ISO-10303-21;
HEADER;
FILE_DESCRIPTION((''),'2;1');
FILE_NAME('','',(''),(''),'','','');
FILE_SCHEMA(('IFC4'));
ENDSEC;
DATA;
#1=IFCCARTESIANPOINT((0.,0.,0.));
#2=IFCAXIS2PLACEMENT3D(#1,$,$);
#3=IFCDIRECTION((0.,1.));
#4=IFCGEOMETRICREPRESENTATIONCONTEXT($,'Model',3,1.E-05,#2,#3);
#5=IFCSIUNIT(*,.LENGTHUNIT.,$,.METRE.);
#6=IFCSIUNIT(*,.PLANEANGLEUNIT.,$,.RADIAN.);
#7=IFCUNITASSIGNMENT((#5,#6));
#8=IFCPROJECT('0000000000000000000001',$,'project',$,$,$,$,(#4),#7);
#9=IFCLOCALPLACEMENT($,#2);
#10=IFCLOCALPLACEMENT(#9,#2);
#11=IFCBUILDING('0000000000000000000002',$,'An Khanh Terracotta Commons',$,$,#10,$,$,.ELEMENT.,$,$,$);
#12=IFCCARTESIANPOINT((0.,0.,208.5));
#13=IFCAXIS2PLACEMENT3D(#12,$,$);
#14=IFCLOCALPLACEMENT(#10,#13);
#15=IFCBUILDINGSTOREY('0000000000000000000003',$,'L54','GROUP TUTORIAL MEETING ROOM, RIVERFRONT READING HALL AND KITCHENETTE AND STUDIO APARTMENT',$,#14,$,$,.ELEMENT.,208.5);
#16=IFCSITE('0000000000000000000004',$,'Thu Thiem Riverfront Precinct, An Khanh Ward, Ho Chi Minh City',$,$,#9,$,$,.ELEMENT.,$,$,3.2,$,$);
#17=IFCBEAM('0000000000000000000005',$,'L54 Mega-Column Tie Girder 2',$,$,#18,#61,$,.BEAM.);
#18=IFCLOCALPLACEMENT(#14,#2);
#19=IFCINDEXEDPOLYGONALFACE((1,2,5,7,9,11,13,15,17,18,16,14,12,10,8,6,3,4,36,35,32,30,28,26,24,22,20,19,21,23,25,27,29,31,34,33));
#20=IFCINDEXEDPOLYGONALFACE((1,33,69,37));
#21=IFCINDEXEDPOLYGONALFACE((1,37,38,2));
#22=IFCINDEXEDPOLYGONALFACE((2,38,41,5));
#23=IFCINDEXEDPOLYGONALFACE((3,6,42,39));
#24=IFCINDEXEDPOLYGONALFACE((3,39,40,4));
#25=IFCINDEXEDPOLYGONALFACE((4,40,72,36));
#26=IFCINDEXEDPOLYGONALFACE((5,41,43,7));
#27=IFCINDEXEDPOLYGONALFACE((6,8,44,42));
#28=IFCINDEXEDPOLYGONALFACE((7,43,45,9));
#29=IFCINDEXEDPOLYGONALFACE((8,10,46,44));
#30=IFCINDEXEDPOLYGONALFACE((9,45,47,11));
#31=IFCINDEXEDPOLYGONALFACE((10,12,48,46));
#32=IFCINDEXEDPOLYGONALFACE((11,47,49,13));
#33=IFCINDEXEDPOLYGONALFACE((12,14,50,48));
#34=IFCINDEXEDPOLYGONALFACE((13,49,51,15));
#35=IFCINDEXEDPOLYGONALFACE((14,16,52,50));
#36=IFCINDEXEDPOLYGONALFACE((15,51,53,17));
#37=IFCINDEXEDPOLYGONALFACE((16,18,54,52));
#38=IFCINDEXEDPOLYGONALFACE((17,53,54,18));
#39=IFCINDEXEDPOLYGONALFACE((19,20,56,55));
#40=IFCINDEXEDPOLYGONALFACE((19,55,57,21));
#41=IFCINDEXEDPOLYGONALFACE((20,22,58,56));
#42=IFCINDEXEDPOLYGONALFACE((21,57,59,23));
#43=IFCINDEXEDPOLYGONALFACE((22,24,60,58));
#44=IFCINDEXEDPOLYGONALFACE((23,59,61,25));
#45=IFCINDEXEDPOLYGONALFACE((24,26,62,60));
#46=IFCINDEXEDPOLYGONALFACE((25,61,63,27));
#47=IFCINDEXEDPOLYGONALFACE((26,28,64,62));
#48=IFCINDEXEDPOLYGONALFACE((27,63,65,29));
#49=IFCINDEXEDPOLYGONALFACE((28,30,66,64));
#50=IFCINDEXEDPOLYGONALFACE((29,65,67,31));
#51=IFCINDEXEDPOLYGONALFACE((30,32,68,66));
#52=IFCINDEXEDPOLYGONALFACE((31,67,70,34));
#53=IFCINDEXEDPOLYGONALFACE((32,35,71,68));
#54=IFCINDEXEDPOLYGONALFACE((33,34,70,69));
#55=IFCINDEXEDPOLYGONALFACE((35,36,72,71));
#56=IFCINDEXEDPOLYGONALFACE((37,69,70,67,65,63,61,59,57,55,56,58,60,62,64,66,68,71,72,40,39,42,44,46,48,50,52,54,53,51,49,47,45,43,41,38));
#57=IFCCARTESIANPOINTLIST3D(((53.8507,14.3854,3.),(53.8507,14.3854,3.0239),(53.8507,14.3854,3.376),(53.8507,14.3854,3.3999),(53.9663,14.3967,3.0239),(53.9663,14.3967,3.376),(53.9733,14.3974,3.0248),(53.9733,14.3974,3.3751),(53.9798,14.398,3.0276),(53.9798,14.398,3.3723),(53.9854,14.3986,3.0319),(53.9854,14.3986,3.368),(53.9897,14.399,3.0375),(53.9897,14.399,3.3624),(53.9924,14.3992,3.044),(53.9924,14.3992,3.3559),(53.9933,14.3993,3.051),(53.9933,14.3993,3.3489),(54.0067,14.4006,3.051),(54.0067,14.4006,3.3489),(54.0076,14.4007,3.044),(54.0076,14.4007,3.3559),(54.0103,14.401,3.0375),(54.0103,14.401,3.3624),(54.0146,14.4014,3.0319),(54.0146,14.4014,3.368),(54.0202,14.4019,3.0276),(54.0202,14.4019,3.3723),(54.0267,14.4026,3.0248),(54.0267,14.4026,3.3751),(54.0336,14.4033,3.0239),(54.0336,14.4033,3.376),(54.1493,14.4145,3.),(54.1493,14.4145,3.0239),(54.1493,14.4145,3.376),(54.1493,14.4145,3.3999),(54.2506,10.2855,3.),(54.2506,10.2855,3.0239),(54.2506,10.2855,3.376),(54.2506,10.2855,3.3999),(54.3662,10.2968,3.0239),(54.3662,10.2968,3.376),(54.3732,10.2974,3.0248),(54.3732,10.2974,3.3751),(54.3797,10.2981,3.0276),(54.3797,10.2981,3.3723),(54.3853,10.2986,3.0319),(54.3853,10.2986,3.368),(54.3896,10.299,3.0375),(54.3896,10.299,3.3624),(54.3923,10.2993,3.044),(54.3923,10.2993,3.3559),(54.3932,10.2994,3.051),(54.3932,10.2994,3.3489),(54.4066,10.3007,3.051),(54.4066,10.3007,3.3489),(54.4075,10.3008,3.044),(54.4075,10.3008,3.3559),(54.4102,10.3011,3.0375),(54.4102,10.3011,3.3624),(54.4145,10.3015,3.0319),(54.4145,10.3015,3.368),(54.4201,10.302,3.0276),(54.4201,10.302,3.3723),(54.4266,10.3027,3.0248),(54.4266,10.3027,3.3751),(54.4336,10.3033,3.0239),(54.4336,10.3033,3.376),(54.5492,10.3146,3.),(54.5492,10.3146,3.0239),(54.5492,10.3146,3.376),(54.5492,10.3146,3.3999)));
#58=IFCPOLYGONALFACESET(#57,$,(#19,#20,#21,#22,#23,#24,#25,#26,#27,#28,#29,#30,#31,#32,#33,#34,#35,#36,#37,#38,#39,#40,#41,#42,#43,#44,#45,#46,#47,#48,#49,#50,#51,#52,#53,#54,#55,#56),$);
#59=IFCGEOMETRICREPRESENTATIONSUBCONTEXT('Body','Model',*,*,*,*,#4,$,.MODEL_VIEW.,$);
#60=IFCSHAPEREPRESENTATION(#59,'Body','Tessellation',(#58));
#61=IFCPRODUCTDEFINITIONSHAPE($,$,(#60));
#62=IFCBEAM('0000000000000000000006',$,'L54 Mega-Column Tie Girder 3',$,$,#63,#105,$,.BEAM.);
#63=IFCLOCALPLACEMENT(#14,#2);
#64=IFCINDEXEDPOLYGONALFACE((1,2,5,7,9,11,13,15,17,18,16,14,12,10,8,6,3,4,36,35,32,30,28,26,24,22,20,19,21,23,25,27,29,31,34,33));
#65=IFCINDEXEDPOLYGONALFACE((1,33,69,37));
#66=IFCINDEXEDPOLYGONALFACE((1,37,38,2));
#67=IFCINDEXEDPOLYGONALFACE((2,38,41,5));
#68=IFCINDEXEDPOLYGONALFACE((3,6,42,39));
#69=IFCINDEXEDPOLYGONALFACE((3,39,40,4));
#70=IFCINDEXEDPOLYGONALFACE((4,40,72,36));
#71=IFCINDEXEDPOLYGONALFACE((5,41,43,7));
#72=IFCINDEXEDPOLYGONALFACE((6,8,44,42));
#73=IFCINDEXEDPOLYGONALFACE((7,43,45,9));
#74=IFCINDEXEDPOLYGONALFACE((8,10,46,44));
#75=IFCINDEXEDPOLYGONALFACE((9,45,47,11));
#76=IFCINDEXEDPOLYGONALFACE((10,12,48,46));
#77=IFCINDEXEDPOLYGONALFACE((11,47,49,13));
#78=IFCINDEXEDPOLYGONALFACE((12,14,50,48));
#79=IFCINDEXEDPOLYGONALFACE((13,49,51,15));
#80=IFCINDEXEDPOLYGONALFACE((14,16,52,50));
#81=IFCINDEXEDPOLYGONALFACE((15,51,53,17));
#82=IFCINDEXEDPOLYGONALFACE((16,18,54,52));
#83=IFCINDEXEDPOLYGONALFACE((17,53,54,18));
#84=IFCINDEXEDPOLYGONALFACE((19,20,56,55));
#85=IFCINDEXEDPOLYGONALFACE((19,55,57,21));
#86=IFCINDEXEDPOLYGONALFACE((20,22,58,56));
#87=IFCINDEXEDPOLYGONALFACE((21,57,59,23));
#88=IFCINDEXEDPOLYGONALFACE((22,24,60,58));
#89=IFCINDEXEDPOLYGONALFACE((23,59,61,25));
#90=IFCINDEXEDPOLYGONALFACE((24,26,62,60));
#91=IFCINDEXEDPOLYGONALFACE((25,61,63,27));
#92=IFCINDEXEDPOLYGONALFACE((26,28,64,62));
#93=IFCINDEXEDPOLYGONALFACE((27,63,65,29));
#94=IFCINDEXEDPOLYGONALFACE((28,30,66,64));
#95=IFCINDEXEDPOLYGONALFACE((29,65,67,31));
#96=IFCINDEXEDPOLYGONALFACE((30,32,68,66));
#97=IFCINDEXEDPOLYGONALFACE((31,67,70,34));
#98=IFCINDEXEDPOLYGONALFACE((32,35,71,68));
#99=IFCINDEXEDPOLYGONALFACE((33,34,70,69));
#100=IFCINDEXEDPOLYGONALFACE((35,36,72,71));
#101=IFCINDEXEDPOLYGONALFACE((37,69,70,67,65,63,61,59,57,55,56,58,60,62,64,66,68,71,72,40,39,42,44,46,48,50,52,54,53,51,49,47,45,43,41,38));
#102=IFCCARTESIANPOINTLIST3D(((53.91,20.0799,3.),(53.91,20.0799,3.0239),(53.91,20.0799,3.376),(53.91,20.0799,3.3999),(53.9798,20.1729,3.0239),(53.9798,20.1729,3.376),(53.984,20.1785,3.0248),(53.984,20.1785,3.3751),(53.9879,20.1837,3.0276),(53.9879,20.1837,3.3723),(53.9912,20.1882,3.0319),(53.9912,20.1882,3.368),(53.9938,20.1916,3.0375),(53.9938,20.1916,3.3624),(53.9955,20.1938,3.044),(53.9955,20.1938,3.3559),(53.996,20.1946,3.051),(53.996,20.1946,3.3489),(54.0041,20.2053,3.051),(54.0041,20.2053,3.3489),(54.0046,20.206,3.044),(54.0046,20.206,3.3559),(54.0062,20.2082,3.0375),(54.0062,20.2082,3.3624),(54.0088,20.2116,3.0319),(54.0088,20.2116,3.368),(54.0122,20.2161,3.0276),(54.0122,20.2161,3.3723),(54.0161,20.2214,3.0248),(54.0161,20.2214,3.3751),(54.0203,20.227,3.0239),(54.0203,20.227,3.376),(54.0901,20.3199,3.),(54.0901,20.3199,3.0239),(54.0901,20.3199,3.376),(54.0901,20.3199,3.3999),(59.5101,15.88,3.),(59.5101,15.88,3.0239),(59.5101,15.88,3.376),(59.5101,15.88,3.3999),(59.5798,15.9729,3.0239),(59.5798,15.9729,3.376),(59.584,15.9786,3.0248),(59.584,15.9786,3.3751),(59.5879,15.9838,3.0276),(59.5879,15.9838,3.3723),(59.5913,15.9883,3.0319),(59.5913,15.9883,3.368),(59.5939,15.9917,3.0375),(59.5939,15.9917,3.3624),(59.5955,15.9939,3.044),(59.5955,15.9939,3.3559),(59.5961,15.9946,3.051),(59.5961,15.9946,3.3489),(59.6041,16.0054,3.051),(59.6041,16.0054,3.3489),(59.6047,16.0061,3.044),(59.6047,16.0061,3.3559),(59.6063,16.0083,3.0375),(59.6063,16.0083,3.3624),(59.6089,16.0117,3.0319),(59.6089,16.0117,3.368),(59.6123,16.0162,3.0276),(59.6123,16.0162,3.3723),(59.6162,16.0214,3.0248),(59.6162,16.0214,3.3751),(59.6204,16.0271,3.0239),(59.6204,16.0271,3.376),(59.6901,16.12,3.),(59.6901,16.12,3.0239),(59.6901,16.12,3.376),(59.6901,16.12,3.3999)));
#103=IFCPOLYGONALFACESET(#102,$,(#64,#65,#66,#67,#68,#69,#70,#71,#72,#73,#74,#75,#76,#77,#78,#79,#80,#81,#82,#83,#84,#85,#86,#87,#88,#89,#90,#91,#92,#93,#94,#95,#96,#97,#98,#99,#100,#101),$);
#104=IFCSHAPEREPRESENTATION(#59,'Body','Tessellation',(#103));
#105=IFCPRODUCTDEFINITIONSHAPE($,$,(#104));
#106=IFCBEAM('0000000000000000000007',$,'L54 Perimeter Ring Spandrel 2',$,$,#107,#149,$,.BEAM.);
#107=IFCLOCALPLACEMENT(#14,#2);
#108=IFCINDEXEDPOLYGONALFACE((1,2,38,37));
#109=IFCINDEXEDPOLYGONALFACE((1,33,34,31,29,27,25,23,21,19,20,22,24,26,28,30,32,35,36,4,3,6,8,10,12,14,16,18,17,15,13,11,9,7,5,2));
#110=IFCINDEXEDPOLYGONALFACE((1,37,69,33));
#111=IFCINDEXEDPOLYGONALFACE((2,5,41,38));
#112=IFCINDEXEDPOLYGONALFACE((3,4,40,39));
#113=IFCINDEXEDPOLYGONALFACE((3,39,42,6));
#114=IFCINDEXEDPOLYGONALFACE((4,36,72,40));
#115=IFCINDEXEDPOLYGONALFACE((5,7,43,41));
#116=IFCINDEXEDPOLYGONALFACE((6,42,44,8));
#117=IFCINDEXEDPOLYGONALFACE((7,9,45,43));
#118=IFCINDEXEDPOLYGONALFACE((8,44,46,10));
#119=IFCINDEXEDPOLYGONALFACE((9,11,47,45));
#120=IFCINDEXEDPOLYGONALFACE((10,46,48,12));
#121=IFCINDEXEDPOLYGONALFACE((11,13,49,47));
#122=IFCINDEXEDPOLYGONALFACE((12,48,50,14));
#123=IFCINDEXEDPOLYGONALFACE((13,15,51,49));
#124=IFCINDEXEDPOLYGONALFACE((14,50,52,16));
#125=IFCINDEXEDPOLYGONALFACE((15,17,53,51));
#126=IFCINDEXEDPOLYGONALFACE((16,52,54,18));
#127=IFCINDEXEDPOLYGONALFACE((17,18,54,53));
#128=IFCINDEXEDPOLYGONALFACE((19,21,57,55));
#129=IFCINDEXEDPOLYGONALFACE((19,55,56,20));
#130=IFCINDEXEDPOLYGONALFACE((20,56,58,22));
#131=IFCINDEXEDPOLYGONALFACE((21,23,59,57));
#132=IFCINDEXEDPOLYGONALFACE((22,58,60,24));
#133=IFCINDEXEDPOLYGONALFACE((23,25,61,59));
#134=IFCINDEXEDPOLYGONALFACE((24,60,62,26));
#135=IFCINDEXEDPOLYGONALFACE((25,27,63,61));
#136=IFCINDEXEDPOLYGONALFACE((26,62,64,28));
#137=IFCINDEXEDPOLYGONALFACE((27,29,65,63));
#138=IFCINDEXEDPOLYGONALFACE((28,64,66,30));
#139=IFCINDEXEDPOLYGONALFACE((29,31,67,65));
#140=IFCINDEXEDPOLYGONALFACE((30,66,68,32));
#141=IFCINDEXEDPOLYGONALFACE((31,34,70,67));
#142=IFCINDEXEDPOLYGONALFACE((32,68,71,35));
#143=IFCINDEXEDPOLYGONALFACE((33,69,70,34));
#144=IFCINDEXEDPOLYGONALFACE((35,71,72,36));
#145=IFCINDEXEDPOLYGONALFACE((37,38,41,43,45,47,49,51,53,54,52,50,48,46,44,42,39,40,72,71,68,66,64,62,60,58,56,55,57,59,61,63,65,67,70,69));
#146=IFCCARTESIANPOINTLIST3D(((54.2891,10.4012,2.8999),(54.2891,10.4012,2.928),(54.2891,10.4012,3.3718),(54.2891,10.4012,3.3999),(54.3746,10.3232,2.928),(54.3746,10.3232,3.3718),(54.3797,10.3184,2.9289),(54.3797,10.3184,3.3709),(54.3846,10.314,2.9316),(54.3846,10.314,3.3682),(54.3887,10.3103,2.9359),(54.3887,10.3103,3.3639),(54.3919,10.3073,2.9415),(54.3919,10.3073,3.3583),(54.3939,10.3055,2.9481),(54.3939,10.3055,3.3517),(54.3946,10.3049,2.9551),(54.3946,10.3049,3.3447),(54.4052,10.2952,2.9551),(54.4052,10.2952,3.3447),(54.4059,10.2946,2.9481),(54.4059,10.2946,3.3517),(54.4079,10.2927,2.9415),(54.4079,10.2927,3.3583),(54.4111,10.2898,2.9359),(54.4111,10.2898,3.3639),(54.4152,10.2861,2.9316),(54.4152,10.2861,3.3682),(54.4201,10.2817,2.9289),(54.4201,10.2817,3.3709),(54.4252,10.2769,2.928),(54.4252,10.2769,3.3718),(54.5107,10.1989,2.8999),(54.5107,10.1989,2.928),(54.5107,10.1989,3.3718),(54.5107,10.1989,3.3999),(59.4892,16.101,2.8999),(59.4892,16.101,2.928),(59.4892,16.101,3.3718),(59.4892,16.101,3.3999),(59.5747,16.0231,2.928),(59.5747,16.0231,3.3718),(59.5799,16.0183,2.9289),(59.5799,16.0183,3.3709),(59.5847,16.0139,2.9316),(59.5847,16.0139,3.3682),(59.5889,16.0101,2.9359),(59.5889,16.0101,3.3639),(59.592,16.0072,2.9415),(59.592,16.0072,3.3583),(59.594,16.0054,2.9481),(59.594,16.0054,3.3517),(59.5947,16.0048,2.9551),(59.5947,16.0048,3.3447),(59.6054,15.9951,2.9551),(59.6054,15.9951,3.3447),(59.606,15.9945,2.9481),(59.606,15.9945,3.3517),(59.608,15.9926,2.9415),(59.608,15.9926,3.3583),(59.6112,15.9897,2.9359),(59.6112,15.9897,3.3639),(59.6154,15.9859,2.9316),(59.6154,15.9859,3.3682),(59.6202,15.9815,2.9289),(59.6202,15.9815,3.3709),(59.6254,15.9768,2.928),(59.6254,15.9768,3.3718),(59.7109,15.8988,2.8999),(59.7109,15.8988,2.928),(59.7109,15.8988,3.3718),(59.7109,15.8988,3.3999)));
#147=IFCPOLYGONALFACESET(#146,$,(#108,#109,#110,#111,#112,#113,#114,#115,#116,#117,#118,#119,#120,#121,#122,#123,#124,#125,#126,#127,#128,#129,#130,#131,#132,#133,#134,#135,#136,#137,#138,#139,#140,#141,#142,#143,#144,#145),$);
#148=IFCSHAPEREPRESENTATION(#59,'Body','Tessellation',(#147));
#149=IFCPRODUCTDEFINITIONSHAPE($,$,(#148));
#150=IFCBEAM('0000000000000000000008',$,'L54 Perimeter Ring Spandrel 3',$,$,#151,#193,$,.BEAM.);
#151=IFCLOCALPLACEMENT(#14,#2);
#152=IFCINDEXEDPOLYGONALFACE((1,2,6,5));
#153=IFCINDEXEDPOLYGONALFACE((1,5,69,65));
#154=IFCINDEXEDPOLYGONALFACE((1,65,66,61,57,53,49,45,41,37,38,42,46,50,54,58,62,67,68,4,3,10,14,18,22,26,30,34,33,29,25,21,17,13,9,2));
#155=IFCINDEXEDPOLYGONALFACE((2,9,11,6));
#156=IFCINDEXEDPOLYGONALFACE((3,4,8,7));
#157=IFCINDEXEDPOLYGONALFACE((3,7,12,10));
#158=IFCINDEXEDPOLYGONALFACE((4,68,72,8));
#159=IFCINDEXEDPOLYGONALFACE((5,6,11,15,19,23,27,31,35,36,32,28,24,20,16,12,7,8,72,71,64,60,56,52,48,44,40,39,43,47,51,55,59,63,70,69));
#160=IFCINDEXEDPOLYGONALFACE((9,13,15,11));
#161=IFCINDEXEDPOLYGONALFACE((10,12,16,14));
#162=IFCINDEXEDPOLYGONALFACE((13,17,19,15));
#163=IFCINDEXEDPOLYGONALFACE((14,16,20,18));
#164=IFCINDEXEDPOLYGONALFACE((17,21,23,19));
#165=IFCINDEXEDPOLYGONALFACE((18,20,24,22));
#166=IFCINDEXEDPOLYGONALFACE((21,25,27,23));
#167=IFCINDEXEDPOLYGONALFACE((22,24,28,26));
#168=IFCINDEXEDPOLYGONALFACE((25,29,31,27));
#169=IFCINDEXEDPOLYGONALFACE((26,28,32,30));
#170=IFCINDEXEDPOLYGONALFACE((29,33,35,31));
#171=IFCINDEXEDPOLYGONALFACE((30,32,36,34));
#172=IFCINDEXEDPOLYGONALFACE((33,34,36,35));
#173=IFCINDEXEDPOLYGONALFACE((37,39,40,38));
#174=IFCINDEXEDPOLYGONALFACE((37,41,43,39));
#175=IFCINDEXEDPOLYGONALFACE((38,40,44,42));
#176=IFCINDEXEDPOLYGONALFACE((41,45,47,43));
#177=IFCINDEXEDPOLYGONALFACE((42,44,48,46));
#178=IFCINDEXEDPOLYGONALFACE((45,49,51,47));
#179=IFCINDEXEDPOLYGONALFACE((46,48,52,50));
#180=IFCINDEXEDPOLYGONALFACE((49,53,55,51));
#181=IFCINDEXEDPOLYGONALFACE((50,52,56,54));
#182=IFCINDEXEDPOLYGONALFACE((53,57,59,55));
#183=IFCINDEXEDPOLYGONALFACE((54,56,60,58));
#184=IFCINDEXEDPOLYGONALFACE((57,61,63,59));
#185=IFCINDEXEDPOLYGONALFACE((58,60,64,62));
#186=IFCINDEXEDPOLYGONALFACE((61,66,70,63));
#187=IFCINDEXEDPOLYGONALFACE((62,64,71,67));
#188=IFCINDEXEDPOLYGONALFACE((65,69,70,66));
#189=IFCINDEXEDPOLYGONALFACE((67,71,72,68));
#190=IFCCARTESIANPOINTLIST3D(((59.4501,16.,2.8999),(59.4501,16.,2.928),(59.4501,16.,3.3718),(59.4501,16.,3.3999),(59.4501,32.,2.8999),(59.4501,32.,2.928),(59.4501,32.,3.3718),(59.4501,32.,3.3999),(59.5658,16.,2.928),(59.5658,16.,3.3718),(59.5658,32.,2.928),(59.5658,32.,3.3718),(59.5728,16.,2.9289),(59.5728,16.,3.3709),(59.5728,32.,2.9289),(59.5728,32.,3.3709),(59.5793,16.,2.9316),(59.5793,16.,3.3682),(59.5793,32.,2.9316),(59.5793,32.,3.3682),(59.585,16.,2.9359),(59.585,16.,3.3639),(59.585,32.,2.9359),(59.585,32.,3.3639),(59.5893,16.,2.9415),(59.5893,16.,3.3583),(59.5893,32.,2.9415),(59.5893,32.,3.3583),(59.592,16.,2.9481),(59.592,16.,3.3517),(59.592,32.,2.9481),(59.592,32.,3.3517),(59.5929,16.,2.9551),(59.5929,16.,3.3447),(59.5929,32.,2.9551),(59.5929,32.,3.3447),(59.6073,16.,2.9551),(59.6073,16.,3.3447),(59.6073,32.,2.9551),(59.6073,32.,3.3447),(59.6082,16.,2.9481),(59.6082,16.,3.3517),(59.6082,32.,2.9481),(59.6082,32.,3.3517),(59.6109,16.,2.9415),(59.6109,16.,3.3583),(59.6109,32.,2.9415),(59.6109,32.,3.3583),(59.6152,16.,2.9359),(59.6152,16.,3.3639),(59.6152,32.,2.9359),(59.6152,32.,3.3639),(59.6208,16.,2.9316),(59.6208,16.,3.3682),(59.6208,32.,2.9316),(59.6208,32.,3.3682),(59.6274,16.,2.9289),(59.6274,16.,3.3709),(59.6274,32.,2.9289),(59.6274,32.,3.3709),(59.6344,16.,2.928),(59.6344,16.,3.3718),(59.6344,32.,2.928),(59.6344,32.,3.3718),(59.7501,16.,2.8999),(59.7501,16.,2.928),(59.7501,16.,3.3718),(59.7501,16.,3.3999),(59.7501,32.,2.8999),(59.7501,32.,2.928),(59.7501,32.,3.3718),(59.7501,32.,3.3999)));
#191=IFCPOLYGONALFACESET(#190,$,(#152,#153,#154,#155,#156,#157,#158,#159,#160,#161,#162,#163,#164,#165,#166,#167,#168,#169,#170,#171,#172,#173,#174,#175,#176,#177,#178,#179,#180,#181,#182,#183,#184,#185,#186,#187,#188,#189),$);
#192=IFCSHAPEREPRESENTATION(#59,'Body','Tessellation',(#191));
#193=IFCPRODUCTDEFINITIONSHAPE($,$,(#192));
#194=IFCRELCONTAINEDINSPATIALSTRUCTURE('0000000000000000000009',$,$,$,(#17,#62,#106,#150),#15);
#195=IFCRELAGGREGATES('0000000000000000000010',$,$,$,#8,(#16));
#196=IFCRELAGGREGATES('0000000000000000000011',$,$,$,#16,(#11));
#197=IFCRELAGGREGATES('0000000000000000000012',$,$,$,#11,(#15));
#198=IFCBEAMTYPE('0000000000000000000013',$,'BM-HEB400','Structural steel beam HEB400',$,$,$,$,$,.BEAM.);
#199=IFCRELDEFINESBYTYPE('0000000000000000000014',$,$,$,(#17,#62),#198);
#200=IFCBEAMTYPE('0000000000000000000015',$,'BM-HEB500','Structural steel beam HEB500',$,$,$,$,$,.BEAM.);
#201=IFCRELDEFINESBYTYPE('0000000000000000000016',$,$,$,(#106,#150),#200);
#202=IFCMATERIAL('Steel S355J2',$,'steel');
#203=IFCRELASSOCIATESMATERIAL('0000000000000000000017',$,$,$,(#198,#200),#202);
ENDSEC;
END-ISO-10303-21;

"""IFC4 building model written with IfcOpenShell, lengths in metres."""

from ifc_helpers import new_model, si_unit, direction, frame, origin, origin_2d, place, context, subcontext, project, spatial, i_section, extrude, material, material_profile, profile_set, type_object, element, save


model = new_model("IFC4")

# Units and contexts
model_context = context("Model", 3, precision=1e-05, world=origin(), true_north=direction((0.0, 1.0)))
body_context = subcontext(model_context, "Body", "Model", "MODEL_VIEW")
ifc_project = project(units=[si_unit("LENGTHUNIT", "METRE"), si_unit("PLANEANGLEUNIT", "RADIAN")], contexts=[model_context])

# Site, building, storey
site_placement = place(None, origin())
site = spatial("IfcSite", under=ifc_project, at=site_placement, Name="Thu Thiem Riverfront Precinct, An Khanh Ward, Ho Chi Minh City", CompositionType="ELEMENT", RefElevation=3.2)
building_placement = place(site_placement, origin())
building = spatial("IfcBuilding", under=site, at=building_placement, Name="An Khanh Terracotta Commons", CompositionType="ELEMENT")
storey_placement = place(building_placement, frame((0.0, 0.0, 208.5)))
storey = spatial("IfcBuildingStorey", under=building, at=storey_placement, Name="L54", Description="GROUP TUTORIAL MEETING ROOM, RIVERFRONT READING HALL AND KITCHENETTE AND STUDIO APARTMENT", CompositionType="ELEMENT", Elevation=208.5)

# Beams
ifc_material_1 = material(Name="Steel S355J2", Category="steel")
ifc_material_profile_1 = material_profile(ifc_material_1, i_section(OverallWidth=0.3, OverallDepth=0.3999, WebThickness=0.0134, FlangeThickness=0.0239, FilletRadius=0.0271, at=origin_2d()), Name="HEB400")
ifc_profile_set_1 = profile_set([ifc_material_profile_1], Name="Steel S355J2")
beam_type_1 = type_object("IfcBeamType", Name="BM-HEB400", Description="Structural steel beam HEB400", PredefinedType="BEAM", material=ifc_profile_set_1)
beam_1_placement = place(storey_placement, frame((54.3999, 10.3, 3.2), z_axis=(-0.09708, 0.995277, 0.0), x_axis=(-0.995277, -0.09708, 0.0)))
element("IfcBeam", 1, at=beam_1_placement, inside=storey, type_object=beam_type_1, Name="L54 Mega-Column Tie Girder 2", PredefinedType="BEAM", context=body_context, shape_type="SweptSolid", body=[
    extrude(i_section(OverallWidth=0.3, OverallDepth=0.3999, WebThickness=0.0134, FlangeThickness=0.0239, FilletRadius=0.0271, at=origin_2d()), origin(), (0.0, 0.0, 1.0), 4.1194),
])
beam_2_placement = place(storey_placement, frame((59.6001, 16.0, 3.2), z_axis=(-0.800008, 0.599989, 0.0), x_axis=(-0.599989, -0.800008, 0.0)))
element("IfcBeam", 2, at=beam_2_placement, inside=storey, type_object=beam_type_1, Name="L54 Mega-Column Tie Girder 3", PredefinedType="BEAM", context=body_context, shape_type="SweptSolid", body=[
    extrude(i_section(OverallWidth=0.3, OverallDepth=0.3999, WebThickness=0.0134, FlangeThickness=0.0239, FilletRadius=0.0271, at=origin_2d()), origin(), (0.0, 0.0, 1.0), 7.0),
])
ifc_material_profile_2 = material_profile(ifc_material_1, i_section(OverallWidth=0.3, OverallDepth=0.5, WebThickness=0.0144, FlangeThickness=0.0281, FilletRadius=0.0271, at=origin_2d()), Name="HEB500")
ifc_profile_set_2 = profile_set([ifc_material_profile_2], Name="Steel S355J2")
beam_type_2 = type_object("IfcBeamType", Name="BM-HEB500", Description="Structural steel beam HEB500", PredefinedType="BEAM", material=ifc_profile_set_2)
beam_3_placement = place(storey_placement, frame((54.3999, 10.3, 3.1499), z_axis=(0.673979, 0.738751, 0.0), x_axis=(-0.738751, 0.673979, 0.0)))
element("IfcBeam", 3, at=beam_3_placement, inside=storey, type_object=beam_type_2, Name="L54 Perimeter Ring Spandrel 2", PredefinedType="BEAM", context=body_context, shape_type="SweptSolid", body=[
    extrude(i_section(OverallWidth=0.3, OverallDepth=0.5, WebThickness=0.0144, FlangeThickness=0.0281, FilletRadius=0.0271, at=origin_2d()), origin(), (0.0, 0.0, 1.0), 7.7156),
])
beam_4_placement = place(storey_placement, frame((59.6001, 16.0, 3.1499), z_axis=(0.0, 1.0, 0.0), x_axis=(-1.0, 0.0, 0.0)))
element("IfcBeam", 4, at=beam_4_placement, inside=storey, type_object=beam_type_2, Name="L54 Perimeter Ring Spandrel 3", PredefinedType="BEAM", context=body_context, shape_type="SweptSolid", body=[
    extrude(i_section(OverallWidth=0.3, OverallDepth=0.5, WebThickness=0.0144, FlangeThickness=0.0281, FilletRadius=0.0271, at=origin_2d()), origin(), (0.0, 0.0, 1.0), 16.0),
])

save(model, "model.ifc")
